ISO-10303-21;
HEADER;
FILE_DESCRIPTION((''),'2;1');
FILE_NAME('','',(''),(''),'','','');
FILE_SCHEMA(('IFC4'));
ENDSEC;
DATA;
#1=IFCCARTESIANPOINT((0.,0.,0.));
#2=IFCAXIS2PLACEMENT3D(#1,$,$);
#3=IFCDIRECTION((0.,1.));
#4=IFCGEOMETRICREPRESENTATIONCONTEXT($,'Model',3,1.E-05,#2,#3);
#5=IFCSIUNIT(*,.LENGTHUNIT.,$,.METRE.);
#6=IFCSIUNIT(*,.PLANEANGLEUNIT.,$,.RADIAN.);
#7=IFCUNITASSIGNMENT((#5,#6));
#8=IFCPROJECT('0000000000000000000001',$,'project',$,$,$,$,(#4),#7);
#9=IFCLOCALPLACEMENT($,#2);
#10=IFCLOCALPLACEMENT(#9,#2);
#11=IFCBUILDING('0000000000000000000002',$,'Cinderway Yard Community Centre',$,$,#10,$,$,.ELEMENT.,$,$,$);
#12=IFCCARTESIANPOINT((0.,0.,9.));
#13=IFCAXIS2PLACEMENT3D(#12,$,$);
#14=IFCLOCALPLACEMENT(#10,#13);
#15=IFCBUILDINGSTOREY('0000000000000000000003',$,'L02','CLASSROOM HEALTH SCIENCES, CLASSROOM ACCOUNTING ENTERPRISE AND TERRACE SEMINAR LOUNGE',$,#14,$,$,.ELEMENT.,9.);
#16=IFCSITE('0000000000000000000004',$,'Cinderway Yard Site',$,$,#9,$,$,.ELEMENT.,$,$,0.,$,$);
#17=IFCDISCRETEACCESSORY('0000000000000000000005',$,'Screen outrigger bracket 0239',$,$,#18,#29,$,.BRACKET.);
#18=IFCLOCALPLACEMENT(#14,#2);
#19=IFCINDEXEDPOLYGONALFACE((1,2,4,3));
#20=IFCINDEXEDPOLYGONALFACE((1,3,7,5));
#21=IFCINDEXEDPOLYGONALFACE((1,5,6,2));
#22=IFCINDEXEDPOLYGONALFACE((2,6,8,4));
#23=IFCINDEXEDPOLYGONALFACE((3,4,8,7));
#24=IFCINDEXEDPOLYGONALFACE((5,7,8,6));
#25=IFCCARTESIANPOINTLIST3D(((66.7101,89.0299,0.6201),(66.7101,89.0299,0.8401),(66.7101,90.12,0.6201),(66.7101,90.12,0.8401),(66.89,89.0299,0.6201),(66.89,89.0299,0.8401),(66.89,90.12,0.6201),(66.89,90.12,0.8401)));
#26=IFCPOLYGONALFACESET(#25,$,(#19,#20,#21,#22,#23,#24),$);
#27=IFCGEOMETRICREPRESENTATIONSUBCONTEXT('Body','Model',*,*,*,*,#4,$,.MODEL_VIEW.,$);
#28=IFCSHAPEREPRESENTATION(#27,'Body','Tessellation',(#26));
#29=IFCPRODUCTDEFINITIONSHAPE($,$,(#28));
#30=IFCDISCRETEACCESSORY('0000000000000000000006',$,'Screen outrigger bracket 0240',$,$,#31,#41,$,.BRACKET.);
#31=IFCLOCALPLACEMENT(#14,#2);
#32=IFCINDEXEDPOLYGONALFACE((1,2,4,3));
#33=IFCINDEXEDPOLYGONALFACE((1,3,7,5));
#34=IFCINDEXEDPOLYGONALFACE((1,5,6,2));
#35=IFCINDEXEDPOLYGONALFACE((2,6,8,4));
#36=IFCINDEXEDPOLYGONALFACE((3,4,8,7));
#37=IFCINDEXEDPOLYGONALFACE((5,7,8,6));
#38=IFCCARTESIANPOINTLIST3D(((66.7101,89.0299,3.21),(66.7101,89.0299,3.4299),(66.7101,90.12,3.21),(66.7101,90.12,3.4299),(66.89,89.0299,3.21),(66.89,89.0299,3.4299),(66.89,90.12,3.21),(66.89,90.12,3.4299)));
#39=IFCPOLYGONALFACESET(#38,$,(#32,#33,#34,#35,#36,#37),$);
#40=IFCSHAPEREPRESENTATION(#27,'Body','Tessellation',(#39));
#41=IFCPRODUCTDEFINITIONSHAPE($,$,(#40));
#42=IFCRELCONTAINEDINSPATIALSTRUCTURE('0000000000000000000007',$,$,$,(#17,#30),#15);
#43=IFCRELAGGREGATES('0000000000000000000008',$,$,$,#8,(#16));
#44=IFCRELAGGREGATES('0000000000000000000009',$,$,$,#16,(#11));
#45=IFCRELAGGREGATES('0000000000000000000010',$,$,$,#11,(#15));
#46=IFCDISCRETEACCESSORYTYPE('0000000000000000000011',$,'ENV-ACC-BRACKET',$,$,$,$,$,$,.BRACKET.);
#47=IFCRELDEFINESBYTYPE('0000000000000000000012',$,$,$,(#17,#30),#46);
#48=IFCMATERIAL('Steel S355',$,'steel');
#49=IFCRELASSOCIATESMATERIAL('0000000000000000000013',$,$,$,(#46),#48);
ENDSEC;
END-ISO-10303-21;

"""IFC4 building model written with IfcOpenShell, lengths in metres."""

from ifc_helpers import new_model, si_unit, direction, frame, origin, origin_2d, place, context, subcontext, project, spatial, rectangle, extrude, material, type_object, element, save


model = new_model("IFC4")

# Units and contexts
model_context = context("Model", 3, precision=1e-05, world=origin(), true_north=direction((0.0, 1.0)))
body_context = subcontext(model_context, "Body", "Model", "MODEL_VIEW")
ifc_project = project(units=[si_unit("LENGTHUNIT", "METRE"), si_unit("PLANEANGLEUNIT", "RADIAN")], contexts=[model_context])

# Site, building, storey
site_placement = place(None, origin())
site = spatial("IfcSite", under=ifc_project, at=site_placement, Name="Cinderway Yard Site", CompositionType="ELEMENT", RefElevation=0.0)
building_placement = place(site_placement, origin())
building = spatial("IfcBuilding", under=site, at=building_placement, Name="Cinderway Yard Community Centre", CompositionType="ELEMENT")
storey_placement = place(building_placement, frame((0.0, 0.0, 9.0)))
storey = spatial("IfcBuildingStorey", under=building, at=storey_placement, Name="L02", Description="CLASSROOM HEALTH SCIENCES, CLASSROOM ACCOUNTING ENTERPRISE AND TERRACE SEMINAR LOUNGE", CompositionType="ELEMENT", Elevation=9.0)

# Shared definitions
ifc_material_1 = material(Name="Steel S355", Category="steel")

# Discrete accessories
discrete_accessory_type = type_object("IfcDiscreteAccessoryType", Name="ENV-ACC-BRACKET", PredefinedType="BRACKET", material=ifc_material_1)
for number, where, z_axis, x_axis, name in (
    (1, (66.8, 89.575, 0.6201), (0.0, 0.0, 1.0), (0.0, -1.0, 0.0), "Screen outrigger bracket 0239"),
    (2, (66.8, 89.575, 3.21), (0.0, 0.0, 1.0), (0.0, -1.0, 0.0), "Screen outrigger bracket 0240"),
):
    element("IfcDiscreteAccessory", number, at=place(storey_placement, frame(where, z_axis=z_axis, x_axis=x_axis)), inside=storey, type_object=discrete_accessory_type, Name=name, PredefinedType="BRACKET", context=body_context, shape_type="SweptSolid", body=[
        extrude(rectangle(XDim=1.0901, YDim=0.1799, at=origin_2d()), origin(), (0.0, 0.0, 1.0), 0.22),
    ])

save(model, "model.ifc")
